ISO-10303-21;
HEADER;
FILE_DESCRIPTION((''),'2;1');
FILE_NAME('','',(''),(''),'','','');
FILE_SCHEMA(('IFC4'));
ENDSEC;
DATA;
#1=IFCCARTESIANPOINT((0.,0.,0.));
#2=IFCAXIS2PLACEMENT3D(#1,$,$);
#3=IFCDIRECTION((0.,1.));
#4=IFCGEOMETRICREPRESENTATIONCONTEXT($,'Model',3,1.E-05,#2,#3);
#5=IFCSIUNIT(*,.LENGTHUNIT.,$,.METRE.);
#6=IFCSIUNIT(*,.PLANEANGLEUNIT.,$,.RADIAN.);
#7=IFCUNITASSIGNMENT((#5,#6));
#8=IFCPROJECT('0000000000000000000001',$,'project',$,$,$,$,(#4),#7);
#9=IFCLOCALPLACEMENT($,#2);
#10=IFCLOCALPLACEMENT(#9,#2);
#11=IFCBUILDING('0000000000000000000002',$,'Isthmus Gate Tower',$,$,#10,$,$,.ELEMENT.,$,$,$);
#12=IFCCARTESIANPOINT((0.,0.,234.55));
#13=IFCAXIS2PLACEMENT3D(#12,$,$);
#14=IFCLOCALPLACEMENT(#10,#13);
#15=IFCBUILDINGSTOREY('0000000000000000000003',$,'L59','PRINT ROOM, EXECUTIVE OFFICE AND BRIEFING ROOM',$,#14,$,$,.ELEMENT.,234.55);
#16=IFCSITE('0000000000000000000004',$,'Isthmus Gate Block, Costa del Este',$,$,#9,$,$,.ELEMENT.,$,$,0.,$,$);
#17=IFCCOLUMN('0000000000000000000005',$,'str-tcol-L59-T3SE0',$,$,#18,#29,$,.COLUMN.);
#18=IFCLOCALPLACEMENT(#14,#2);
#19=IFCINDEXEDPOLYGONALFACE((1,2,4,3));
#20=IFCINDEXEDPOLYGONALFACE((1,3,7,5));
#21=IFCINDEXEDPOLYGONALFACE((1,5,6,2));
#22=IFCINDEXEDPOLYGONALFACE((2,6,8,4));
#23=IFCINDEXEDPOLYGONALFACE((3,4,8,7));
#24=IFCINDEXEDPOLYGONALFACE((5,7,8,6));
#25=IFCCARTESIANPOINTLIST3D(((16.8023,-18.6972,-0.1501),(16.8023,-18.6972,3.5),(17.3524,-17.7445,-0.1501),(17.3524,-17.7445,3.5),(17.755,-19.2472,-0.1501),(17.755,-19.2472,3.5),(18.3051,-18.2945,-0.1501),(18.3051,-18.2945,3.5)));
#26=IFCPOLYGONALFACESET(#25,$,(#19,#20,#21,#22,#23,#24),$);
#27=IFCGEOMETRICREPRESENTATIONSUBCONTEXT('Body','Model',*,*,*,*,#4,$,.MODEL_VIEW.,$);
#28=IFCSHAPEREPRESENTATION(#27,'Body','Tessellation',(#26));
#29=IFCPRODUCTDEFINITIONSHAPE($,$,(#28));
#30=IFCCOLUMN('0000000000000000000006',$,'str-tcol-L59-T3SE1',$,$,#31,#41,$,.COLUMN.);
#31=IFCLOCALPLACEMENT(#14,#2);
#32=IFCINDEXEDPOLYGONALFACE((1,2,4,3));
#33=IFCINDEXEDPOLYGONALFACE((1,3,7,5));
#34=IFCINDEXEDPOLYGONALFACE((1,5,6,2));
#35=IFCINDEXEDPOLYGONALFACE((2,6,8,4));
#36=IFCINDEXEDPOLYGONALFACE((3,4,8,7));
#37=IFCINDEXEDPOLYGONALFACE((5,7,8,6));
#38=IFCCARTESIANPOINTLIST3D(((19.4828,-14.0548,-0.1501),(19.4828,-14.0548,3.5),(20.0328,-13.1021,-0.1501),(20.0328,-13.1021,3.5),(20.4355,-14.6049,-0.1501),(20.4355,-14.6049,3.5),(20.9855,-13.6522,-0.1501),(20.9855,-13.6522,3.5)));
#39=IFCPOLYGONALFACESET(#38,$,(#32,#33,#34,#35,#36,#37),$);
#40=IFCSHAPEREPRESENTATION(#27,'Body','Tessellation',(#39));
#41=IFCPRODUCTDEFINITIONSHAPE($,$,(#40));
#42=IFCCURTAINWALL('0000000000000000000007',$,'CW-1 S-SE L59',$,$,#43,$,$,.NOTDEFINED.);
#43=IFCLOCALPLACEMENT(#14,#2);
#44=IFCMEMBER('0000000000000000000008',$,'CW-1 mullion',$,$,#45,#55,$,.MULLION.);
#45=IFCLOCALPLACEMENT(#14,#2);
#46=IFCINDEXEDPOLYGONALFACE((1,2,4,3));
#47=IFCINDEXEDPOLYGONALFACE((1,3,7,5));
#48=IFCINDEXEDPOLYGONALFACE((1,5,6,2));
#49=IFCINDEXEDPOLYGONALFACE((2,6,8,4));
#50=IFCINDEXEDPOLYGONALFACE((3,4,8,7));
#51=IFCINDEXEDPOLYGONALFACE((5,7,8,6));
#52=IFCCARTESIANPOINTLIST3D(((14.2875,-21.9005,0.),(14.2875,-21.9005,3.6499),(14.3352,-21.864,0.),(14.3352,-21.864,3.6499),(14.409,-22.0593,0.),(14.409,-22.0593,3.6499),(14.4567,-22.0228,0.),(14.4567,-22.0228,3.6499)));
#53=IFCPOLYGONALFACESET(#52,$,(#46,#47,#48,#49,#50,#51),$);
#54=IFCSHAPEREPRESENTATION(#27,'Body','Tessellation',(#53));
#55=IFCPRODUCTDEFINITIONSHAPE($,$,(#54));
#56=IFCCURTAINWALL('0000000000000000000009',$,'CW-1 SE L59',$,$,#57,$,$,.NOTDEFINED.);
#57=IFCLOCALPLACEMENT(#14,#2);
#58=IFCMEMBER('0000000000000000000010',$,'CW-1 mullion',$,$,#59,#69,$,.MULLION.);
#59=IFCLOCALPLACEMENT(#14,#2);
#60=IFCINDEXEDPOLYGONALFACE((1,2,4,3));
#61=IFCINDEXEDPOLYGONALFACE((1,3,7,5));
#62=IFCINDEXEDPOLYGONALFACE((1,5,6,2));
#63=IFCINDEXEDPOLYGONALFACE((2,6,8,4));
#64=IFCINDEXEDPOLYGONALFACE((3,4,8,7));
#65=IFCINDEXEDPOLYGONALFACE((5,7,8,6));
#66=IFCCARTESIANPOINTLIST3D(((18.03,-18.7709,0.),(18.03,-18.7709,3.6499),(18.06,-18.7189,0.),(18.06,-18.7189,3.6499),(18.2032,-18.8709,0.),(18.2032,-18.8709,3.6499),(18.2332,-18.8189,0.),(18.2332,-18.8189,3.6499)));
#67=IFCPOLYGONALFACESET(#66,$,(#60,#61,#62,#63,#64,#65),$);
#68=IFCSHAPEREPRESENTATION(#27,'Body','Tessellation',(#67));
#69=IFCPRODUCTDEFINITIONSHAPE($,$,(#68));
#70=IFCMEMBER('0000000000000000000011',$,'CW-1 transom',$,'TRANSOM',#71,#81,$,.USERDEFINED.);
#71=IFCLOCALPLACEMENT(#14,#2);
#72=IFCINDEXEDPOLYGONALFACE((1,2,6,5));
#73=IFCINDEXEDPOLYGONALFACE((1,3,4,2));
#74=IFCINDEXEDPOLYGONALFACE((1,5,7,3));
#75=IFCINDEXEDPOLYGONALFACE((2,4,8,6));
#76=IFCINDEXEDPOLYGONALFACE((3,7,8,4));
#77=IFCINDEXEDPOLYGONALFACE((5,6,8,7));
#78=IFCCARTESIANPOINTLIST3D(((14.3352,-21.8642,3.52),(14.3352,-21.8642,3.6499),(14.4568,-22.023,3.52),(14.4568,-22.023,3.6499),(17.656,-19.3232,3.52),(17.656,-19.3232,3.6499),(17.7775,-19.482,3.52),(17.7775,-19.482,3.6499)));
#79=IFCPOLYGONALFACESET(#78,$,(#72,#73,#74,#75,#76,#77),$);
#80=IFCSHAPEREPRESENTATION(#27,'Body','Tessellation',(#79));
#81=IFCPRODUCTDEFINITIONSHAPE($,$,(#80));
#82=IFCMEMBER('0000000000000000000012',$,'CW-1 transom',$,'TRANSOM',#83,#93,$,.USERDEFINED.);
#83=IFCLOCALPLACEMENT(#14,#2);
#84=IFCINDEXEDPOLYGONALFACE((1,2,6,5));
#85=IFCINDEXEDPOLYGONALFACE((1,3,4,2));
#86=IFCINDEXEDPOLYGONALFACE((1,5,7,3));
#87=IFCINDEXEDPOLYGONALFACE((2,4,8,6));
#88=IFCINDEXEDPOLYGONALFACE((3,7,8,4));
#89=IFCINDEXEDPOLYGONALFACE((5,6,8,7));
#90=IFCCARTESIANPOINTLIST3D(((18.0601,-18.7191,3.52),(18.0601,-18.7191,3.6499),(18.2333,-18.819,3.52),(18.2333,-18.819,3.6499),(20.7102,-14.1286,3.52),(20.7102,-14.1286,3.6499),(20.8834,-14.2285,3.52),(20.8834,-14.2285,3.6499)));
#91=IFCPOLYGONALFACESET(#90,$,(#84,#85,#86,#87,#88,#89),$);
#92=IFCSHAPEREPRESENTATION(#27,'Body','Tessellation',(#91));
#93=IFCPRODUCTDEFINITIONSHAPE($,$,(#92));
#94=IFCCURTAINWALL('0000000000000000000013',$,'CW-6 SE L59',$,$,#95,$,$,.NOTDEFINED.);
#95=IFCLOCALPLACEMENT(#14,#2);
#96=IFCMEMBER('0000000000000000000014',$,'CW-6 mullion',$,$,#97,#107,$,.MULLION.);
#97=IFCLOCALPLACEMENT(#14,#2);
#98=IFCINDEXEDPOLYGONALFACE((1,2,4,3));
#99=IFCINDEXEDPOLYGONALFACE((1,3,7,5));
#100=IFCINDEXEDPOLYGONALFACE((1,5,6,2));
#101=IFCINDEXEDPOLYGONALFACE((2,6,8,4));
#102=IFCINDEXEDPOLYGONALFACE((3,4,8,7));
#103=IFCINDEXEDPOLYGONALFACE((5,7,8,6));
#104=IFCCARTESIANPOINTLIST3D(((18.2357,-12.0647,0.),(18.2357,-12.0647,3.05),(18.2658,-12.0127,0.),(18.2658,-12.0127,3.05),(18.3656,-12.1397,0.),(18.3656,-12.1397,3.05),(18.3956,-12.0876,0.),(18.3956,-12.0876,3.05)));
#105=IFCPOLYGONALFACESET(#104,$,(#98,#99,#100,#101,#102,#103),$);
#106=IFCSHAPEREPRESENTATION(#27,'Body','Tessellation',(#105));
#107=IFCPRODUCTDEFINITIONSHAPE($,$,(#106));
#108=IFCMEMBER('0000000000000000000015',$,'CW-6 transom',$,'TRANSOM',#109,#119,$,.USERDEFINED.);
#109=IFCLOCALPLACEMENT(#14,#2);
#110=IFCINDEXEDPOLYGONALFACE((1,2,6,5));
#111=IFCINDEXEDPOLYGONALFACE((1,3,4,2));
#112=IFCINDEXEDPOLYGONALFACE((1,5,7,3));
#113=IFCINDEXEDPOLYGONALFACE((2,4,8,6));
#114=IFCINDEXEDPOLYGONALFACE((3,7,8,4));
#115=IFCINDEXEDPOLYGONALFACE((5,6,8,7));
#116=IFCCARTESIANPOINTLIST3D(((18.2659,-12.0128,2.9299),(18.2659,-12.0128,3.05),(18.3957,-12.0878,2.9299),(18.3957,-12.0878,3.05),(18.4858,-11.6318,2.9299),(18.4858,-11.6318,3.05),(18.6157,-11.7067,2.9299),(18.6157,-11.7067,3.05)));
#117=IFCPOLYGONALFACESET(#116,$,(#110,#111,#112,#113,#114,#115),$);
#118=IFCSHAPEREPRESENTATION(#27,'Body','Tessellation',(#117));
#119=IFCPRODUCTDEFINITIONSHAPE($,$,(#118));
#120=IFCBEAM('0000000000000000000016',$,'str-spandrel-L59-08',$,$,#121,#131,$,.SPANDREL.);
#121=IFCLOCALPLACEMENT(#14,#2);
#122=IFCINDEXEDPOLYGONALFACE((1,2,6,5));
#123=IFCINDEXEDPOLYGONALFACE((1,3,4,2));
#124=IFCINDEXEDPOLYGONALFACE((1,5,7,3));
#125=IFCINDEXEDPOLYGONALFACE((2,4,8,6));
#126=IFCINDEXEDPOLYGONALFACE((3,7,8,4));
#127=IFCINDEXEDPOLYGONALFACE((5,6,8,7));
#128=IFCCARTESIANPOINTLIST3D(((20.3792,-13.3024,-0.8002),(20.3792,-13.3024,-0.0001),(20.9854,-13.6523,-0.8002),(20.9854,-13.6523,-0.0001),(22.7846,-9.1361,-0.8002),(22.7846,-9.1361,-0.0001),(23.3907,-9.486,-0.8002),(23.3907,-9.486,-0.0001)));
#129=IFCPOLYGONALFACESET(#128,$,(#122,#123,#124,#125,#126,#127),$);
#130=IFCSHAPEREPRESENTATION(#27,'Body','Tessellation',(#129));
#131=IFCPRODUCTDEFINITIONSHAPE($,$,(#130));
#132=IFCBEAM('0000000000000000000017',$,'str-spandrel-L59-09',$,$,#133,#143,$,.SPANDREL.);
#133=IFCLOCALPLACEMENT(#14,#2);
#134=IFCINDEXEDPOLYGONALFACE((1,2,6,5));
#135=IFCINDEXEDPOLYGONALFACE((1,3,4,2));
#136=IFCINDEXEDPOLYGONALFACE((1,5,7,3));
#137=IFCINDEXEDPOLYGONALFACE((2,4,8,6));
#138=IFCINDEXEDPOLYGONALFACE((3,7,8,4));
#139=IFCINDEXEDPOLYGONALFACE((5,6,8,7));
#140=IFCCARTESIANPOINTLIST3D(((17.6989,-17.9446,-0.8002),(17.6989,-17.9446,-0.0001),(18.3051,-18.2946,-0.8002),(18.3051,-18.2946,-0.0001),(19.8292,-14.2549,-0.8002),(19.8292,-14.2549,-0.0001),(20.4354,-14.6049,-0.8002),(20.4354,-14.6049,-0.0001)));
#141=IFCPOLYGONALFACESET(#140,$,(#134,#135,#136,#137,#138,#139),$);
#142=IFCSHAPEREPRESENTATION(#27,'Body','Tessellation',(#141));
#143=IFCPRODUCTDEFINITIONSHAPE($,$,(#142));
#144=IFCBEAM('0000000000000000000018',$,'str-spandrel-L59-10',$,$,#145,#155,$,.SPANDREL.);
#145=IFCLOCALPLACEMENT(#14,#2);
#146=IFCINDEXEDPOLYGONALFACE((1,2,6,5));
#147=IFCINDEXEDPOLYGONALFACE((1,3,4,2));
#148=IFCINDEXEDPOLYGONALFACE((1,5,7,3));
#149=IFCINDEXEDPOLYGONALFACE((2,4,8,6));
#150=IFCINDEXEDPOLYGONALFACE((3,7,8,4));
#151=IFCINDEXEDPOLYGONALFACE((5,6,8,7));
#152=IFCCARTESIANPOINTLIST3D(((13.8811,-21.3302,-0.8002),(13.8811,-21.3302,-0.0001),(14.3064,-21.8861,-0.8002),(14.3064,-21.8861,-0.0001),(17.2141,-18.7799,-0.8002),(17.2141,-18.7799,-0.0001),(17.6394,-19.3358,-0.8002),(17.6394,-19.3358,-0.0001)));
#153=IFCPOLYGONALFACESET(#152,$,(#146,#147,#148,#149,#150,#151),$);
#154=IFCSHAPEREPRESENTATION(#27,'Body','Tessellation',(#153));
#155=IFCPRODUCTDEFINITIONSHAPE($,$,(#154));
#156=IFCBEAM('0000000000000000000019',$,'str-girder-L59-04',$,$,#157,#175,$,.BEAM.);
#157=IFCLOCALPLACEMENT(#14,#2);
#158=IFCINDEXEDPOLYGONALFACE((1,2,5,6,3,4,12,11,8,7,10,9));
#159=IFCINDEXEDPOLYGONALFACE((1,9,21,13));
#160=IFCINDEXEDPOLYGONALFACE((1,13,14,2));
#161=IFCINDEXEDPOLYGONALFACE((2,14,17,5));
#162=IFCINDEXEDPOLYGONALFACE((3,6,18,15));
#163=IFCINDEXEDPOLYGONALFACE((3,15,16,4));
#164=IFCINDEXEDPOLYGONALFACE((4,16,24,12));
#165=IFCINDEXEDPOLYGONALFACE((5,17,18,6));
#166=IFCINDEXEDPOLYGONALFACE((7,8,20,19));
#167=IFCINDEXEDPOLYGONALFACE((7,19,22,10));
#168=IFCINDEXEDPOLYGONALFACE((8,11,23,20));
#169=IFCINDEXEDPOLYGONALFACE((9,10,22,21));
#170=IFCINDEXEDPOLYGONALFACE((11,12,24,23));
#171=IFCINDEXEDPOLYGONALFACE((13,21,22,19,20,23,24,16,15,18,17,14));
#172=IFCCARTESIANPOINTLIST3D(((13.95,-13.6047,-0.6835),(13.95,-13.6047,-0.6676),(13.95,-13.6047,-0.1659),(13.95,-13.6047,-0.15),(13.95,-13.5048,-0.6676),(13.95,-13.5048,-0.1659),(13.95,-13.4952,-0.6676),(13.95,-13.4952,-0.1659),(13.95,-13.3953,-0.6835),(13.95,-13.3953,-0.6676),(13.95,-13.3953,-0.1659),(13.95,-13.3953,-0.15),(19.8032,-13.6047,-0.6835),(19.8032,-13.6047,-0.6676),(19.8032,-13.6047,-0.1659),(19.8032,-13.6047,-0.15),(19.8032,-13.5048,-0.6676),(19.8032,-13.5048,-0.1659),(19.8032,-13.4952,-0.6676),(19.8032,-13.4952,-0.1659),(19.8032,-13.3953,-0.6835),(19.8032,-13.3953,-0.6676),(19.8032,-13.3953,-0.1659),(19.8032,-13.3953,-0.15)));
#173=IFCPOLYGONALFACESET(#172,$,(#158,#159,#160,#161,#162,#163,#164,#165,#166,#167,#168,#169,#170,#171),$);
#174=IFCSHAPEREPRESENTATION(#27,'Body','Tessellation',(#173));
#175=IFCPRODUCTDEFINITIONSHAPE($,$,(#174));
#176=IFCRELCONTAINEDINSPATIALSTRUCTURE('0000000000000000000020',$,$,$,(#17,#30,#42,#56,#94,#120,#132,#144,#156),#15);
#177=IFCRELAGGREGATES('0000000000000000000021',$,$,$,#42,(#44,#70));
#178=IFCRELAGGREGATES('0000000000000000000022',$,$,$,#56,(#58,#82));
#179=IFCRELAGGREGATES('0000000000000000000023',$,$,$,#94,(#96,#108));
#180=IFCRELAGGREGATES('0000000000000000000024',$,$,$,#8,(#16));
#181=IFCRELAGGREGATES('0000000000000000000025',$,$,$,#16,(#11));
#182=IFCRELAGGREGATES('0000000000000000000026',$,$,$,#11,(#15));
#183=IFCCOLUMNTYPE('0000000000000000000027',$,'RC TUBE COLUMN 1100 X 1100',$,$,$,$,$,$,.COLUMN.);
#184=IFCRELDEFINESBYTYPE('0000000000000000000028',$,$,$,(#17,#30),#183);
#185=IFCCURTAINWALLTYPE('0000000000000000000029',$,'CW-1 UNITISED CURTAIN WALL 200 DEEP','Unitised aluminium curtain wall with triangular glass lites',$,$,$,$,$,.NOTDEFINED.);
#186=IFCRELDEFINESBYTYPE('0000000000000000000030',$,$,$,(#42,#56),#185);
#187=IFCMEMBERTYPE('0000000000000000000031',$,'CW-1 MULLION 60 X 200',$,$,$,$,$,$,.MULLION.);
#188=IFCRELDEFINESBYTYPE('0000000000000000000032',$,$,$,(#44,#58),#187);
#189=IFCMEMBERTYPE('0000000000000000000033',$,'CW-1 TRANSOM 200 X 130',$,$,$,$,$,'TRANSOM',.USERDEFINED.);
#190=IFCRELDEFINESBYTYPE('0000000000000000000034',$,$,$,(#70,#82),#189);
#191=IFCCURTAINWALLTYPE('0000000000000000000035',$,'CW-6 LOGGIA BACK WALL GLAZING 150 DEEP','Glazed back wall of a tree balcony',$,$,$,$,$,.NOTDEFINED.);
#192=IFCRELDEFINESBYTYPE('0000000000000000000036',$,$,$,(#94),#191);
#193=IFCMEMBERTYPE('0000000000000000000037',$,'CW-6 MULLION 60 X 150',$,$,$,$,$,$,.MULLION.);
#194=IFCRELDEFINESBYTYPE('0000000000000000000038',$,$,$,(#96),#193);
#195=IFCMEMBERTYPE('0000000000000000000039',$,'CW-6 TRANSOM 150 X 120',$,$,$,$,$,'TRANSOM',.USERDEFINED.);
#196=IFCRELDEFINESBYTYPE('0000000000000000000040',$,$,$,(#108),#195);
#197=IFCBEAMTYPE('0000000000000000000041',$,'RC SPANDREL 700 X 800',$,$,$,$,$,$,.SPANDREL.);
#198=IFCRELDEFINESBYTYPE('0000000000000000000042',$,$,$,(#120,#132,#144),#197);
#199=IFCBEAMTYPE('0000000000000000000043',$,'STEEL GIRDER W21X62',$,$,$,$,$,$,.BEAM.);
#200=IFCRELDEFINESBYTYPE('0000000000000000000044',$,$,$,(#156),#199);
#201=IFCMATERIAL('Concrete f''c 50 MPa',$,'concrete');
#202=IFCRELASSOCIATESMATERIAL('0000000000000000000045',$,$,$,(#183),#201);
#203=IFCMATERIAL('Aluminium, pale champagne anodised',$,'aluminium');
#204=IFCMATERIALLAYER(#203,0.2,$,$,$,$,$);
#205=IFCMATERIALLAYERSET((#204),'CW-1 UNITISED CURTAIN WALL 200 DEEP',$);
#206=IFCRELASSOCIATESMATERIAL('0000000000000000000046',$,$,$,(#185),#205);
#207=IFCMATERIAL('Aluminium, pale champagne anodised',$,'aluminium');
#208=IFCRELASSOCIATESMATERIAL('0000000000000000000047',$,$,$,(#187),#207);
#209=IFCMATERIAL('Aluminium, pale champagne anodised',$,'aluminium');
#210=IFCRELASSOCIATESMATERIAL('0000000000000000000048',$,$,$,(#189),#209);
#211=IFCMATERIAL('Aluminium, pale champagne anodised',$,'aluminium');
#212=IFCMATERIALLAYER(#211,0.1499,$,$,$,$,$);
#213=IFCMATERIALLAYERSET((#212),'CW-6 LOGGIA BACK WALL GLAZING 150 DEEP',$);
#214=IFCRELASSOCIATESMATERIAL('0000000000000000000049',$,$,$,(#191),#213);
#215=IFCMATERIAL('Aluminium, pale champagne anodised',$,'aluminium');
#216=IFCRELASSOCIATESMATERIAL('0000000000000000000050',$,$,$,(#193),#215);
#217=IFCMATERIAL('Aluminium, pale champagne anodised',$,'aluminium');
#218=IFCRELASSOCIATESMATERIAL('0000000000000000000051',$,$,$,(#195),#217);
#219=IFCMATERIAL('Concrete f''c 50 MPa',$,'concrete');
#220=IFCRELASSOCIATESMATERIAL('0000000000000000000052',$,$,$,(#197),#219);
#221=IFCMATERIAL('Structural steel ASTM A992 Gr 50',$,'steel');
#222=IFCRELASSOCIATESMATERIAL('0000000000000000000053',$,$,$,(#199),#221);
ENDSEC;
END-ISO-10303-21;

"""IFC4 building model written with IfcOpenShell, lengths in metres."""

from ifc_helpers import new_model, si_unit, direction, frame, origin, origin_2d, place, context, subcontext, project, spatial, rectangle, i_section, extrude, material, layer, layer_set, material_profile, profile_set, type_object, element, aggregate, save


model = new_model("IFC4")

# Units and contexts
model_context = context("Model", 3, precision=1e-05, world=origin(), true_north=direction((0.0, 1.0)))
body_context = subcontext(model_context, "Body", "Model", "MODEL_VIEW")
ifc_project = project(units=[si_unit("LENGTHUNIT", "METRE"), si_unit("PLANEANGLEUNIT", "RADIAN")], contexts=[model_context])

# Site, building, storey
site_placement = place(None, origin())
site = spatial("IfcSite", under=ifc_project, at=site_placement, Name="Isthmus Gate Block, Costa del Este", CompositionType="ELEMENT", RefElevation=0.0)
building_placement = place(site_placement, origin())
building = spatial("IfcBuilding", under=site, at=building_placement, Name="Isthmus Gate Tower", CompositionType="ELEMENT")
storey_placement = place(building_placement, frame((0.0, 0.0, 234.55)))
storey = spatial("IfcBuildingStorey", under=building, at=storey_placement, Name="L59", Description="PRINT ROOM, EXECUTIVE OFFICE AND BRIEFING ROOM", CompositionType="ELEMENT", Elevation=234.55)

# Columns
ifc_material_1 = material(Name="Concrete f'c 50 MPa", Category="concrete")
ifc_material_profile_1 = material_profile(ifc_material_1, rectangle(XDim=1.1001, YDim=1.1001, at=origin_2d()), Name="RC 1100X1100")
ifc_profile_set_1 = profile_set([ifc_material_profile_1], Name="Concrete f'c 50 MPa")
column_type = type_object("IfcColumnType", Name="RC TUBE COLUMN 1100 X 1100", PredefinedType="COLUMN", material=ifc_profile_set_1)
for number, where, z_axis, x_axis, name in (
    (1, (17.5537, -18.4958, -0.1501), (0.0, 0.0, 1.0), (0.5, 0.866025, 0.0), "str-tcol-L59-T3SE0"),
    (2, (20.2341, -13.8535, -0.1501), (0.0, 0.0, 1.0), (0.5, 0.866025, 0.0), "str-tcol-L59-T3SE1"),
):
    element("IfcColumn", number, at=place(storey_placement, frame(where, z_axis=z_axis, x_axis=x_axis)), inside=storey, type_object=column_type, Name=name, PredefinedType="COLUMN", context=body_context, shape_type="SweptSolid", body=[
        extrude(rectangle(XDim=1.1001, YDim=1.1001, at=origin_2d()), origin(), (0.0, 0.0, 1.0), 3.6501),
    ])

# Curtain walls, members
ifc_material_2 = material(Name="Aluminium, pale champagne anodised", Category="aluminium")
ifc_layer_1 = layer(ifc_material_2, 0.2)
ifc_layer_set_1 = layer_set([ifc_layer_1], Name="CW-1 UNITISED CURTAIN WALL 200 DEEP")
curtain_wall_type_1 = type_object("IfcCurtainWallType", Name="CW-1 UNITISED CURTAIN WALL 200 DEEP", Description="Unitised aluminium curtain wall with triangular glass lites", PredefinedType="NOTDEFINED", material=ifc_layer_set_1)
curtain_wall_1_placement = place(storey_placement, origin())
curtain_wall_1 = element("IfcCurtainWall", 3, at=curtain_wall_1_placement, inside=storey, type_object=curtain_wall_type_1, Name="CW-1 S-SE L59", PredefinedType="NOTDEFINED")
ifc_material_3 = material(Name="Aluminium, pale champagne anodised", Category="aluminium")
ifc_material_profile_2 = material_profile(ifc_material_3, rectangle(XDim=0.0601, YDim=0.2, at=origin_2d()), Name="60x200")
ifc_profile_set_2 = profile_set([ifc_material_profile_2], Name="Aluminium, pale champagne anodised")
member_type_1 = type_object("IfcMemberType", Name="CW-1 MULLION 60 X 200", PredefinedType="MULLION", material=ifc_profile_set_2)
member_1_placement = place(storey_placement, frame((14.3721, -21.9617, 0.0), z_axis=(0.0, 0.0, 1.0), x_axis=(0.794189, 0.607671, 0.0)))
member_1 = element("IfcMember", 4, at=member_1_placement, type_object=member_type_1, Name="CW-1 mullion", PredefinedType="MULLION", context=body_context, shape_type="SweptSolid", body=[
    extrude(rectangle(XDim=0.0601, YDim=0.2, at=origin_2d()), origin(), (0.0, 0.0, 1.0), 3.6499),
])
curtain_wall_2_placement = place(storey_placement, origin())
curtain_wall_2 = element("IfcCurtainWall", 5, at=curtain_wall_2_placement, inside=storey, type_object=curtain_wall_type_1, Name="CW-1 SE L59", PredefinedType="NOTDEFINED")
member_2_placement = place(storey_placement, frame((18.1316, -18.7949, 0.0), z_axis=(0.0, 0.0, 1.0), x_axis=(0.5, 0.866025, 0.0)))
member_2 = element("IfcMember", 6, at=member_2_placement, type_object=member_type_1, Name="CW-1 mullion", PredefinedType="MULLION", context=body_context, shape_type="SweptSolid", body=[
    extrude(rectangle(XDim=0.0601, YDim=0.2, at=origin_2d()), origin(), (0.0, 0.0, 1.0), 3.6499),
])

# Members
ifc_material_4 = material(Name="Aluminium, pale champagne anodised", Category="aluminium")
ifc_material_profile_3 = material_profile(ifc_material_4, rectangle(XDim=0.2, YDim=0.1299, at=origin_2d()), Name="200x130")
ifc_profile_set_3 = profile_set([ifc_material_profile_3], Name="Aluminium, pale champagne anodised")
member_type_2 = type_object("IfcMemberType", Name="CW-1 TRANSOM 200 X 130", ElementType="TRANSOM", PredefinedType="USERDEFINED", material=ifc_profile_set_3)
member_3_placement = place(storey_placement, frame((14.396, -21.9436, 3.585), z_axis=(0.794175, 0.607688, 0.0), x_axis=(-0.607688, 0.794175, 0.0)))
member_3 = element("IfcMember", 7, at=member_3_placement, type_object=member_type_2, Name="CW-1 transom", ObjectType="TRANSOM", PredefinedType="USERDEFINED", context=body_context, shape_type="SweptSolid", body=[
    extrude(rectangle(XDim=0.2, YDim=0.1299, at=origin_2d()), origin(), (0.0, 0.0, 1.0), 4.1814),
])
member_4_placement = place(storey_placement, frame((18.1467, -18.769, 3.585), z_axis=(0.499968, 0.866044, 0.0), x_axis=(-0.866044, 0.499968, 0.0)))
member_4 = element("IfcMember", 8, at=member_4_placement, type_object=member_type_2, Name="CW-1 transom", ObjectType="TRANSOM", PredefinedType="USERDEFINED", context=body_context, shape_type="SweptSolid", body=[
    extrude(rectangle(XDim=0.2, YDim=0.1299, at=origin_2d()), origin(), (0.0, 0.0, 1.0), 5.3005),
])

# Curtain wall, members
ifc_material_5 = material(Name="Aluminium, pale champagne anodised", Category="aluminium")
ifc_layer_2 = layer(ifc_material_5, 0.1499)
ifc_layer_set_2 = layer_set([ifc_layer_2], Name="CW-6 LOGGIA BACK WALL GLAZING 150 DEEP")
curtain_wall_type_2 = type_object("IfcCurtainWallType", Name="CW-6 LOGGIA BACK WALL GLAZING 150 DEEP", Description="Glazed back wall of a tree balcony", PredefinedType="NOTDEFINED", material=ifc_layer_set_2)
curtain_wall_3_placement = place(storey_placement, origin())
curtain_wall_3 = element("IfcCurtainWall", 9, at=curtain_wall_3_placement, inside=storey, type_object=curtain_wall_type_2, Name="CW-6 SE L59", PredefinedType="NOTDEFINED")
ifc_material_6 = material(Name="Aluminium, pale champagne anodised", Category="aluminium")
ifc_material_profile_4 = material_profile(ifc_material_6, rectangle(XDim=0.0601, YDim=0.1499, at=origin_2d()), Name="60x150")
ifc_profile_set_4 = profile_set([ifc_material_profile_4], Name="Aluminium, pale champagne anodised")
member_type_3 = type_object("IfcMemberType", Name="CW-6 MULLION 60 X 150", PredefinedType="MULLION", material=ifc_profile_set_4)
member_5_placement = place(storey_placement, frame((18.3157, -12.0762, 0.0), z_axis=(0.0, 0.0, 1.0), x_axis=(0.5, 0.866025, 0.0)))
member_5 = element("IfcMember", 10, at=member_5_placement, type_object=member_type_3, Name="CW-6 mullion", PredefinedType="MULLION", context=body_context, shape_type="SweptSolid", body=[
    extrude(rectangle(XDim=0.0601, YDim=0.1499, at=origin_2d()), origin(), (0.0, 0.0, 1.0), 3.05),
])
ifc_material_7 = material(Name="Aluminium, pale champagne anodised", Category="aluminium")
ifc_material_profile_5 = material_profile(ifc_material_7, rectangle(XDim=0.1499, YDim=0.1201, at=origin_2d()), Name="150x120")
ifc_profile_set_5 = profile_set([ifc_material_profile_5], Name="Aluminium, pale champagne anodised")
member_type_4 = type_object("IfcMemberType", Name="CW-6 TRANSOM 150 X 120", ElementType="TRANSOM", PredefinedType="USERDEFINED", material=ifc_profile_set_5)
member_6_placement = place(storey_placement, frame((18.3308, -12.0503, 2.99), z_axis=(0.499899, 0.866084, 0.0), x_axis=(-0.866084, 0.499899, 0.0)))
member_6 = element("IfcMember", 11, at=member_6_placement, type_object=member_type_4, Name="CW-6 transom", ObjectType="TRANSOM", PredefinedType="USERDEFINED", context=body_context, shape_type="SweptSolid", body=[
    extrude(rectangle(XDim=0.1499, YDim=0.1201, at=origin_2d()), origin(), (0.0, 0.0, 1.0), 0.4399),
])

# Beams
ifc_material_8 = material(Name="Concrete f'c 50 MPa", Category="concrete")
ifc_material_profile_6 = material_profile(ifc_material_8, rectangle(XDim=0.7, YDim=0.8, at=origin_2d()), Name="RC 700X800")
ifc_profile_set_6 = profile_set([ifc_material_profile_6], Name="Concrete f'c 50 MPa")
beam_type_1 = type_object("IfcBeamType", Name="RC SPANDREL 700 X 800", PredefinedType="SPANDREL", material=ifc_profile_set_6)
beam_1_placement = place(storey_placement, frame((23.0876, -9.311, -0.4001), z_axis=(-0.499982, -0.866036, 0.0), x_axis=(0.866036, -0.499982, 0.0)))
element("IfcBeam", 12, at=beam_1_placement, inside=storey, type_object=beam_type_1, Name="str-spandrel-L59-08", PredefinedType="SPANDREL", context=body_context, shape_type="SweptSolid", body=[
    extrude(rectangle(XDim=0.7, YDim=0.8, at=origin_2d()), origin(), (0.0, 0.0, 1.0), 4.8108),
])
beam_2_placement = place(storey_placement, frame((20.1323, -14.4299, -0.4001), z_axis=(-0.500022, -0.866013, 0.0), x_axis=(0.866013, -0.500022, 0.0)))
element("IfcBeam", 13, at=beam_2_placement, inside=storey, type_object=beam_type_1, Name="str-spandrel-L59-09", PredefinedType="SPANDREL", context=body_context, shape_type="SweptSolid", body=[
    extrude(rectangle(XDim=0.7, YDim=0.8, at=origin_2d()), origin(), (0.0, 0.0, 1.0), 4.2605),
])
beam_3_placement = place(storey_placement, frame((17.4268, -19.0579, -0.4001), z_axis=(-0.794183, -0.607679, 0.0), x_axis=(0.607679, -0.794183, 0.0)))
element("IfcBeam", 14, at=beam_3_placement, inside=storey, type_object=beam_type_1, Name="str-spandrel-L59-10", PredefinedType="SPANDREL", context=body_context, shape_type="SweptSolid", body=[
    extrude(rectangle(XDim=0.7, YDim=0.8, at=origin_2d()), origin(), (0.0, 0.0, 1.0), 4.1968),
])
ifc_material_9 = material(Name="Structural steel ASTM A992 Gr 50", Category="steel")
ifc_material_profile_7 = material_profile(ifc_material_9, i_section(OverallWidth=0.2095, OverallDepth=0.5334, WebThickness=0.0095, FlangeThickness=0.0159, at=origin_2d()), Name="W21X62")
ifc_profile_set_7 = profile_set([ifc_material_profile_7], Name="Structural steel ASTM A992 Gr 50")
beam_type_2 = type_object("IfcBeamType", Name="STEEL GIRDER W21X62", PredefinedType="BEAM", material=ifc_profile_set_7)
beam_4_placement = place(storey_placement, frame((13.95, -13.5, -0.4167), z_axis=(1.0, 0.0, 0.0), x_axis=(0.0, 1.0, 0.0)))
element("IfcBeam", 15, at=beam_4_placement, inside=storey, type_object=beam_type_2, Name="str-girder-L59-04", PredefinedType="BEAM", context=body_context, shape_type="SweptSolid", body=[
    extrude(i_section(OverallWidth=0.2095, OverallDepth=0.5334, WebThickness=0.0095, FlangeThickness=0.0159, at=origin_2d()), origin(), (0.0, 0.0, 1.0), 5.8533),
])

aggregate(curtain_wall_1, [member_1, member_3])
aggregate(curtain_wall_2, [member_2, member_4])
aggregate(curtain_wall_3, [member_5, member_6])

save(model, "model.ifc")
